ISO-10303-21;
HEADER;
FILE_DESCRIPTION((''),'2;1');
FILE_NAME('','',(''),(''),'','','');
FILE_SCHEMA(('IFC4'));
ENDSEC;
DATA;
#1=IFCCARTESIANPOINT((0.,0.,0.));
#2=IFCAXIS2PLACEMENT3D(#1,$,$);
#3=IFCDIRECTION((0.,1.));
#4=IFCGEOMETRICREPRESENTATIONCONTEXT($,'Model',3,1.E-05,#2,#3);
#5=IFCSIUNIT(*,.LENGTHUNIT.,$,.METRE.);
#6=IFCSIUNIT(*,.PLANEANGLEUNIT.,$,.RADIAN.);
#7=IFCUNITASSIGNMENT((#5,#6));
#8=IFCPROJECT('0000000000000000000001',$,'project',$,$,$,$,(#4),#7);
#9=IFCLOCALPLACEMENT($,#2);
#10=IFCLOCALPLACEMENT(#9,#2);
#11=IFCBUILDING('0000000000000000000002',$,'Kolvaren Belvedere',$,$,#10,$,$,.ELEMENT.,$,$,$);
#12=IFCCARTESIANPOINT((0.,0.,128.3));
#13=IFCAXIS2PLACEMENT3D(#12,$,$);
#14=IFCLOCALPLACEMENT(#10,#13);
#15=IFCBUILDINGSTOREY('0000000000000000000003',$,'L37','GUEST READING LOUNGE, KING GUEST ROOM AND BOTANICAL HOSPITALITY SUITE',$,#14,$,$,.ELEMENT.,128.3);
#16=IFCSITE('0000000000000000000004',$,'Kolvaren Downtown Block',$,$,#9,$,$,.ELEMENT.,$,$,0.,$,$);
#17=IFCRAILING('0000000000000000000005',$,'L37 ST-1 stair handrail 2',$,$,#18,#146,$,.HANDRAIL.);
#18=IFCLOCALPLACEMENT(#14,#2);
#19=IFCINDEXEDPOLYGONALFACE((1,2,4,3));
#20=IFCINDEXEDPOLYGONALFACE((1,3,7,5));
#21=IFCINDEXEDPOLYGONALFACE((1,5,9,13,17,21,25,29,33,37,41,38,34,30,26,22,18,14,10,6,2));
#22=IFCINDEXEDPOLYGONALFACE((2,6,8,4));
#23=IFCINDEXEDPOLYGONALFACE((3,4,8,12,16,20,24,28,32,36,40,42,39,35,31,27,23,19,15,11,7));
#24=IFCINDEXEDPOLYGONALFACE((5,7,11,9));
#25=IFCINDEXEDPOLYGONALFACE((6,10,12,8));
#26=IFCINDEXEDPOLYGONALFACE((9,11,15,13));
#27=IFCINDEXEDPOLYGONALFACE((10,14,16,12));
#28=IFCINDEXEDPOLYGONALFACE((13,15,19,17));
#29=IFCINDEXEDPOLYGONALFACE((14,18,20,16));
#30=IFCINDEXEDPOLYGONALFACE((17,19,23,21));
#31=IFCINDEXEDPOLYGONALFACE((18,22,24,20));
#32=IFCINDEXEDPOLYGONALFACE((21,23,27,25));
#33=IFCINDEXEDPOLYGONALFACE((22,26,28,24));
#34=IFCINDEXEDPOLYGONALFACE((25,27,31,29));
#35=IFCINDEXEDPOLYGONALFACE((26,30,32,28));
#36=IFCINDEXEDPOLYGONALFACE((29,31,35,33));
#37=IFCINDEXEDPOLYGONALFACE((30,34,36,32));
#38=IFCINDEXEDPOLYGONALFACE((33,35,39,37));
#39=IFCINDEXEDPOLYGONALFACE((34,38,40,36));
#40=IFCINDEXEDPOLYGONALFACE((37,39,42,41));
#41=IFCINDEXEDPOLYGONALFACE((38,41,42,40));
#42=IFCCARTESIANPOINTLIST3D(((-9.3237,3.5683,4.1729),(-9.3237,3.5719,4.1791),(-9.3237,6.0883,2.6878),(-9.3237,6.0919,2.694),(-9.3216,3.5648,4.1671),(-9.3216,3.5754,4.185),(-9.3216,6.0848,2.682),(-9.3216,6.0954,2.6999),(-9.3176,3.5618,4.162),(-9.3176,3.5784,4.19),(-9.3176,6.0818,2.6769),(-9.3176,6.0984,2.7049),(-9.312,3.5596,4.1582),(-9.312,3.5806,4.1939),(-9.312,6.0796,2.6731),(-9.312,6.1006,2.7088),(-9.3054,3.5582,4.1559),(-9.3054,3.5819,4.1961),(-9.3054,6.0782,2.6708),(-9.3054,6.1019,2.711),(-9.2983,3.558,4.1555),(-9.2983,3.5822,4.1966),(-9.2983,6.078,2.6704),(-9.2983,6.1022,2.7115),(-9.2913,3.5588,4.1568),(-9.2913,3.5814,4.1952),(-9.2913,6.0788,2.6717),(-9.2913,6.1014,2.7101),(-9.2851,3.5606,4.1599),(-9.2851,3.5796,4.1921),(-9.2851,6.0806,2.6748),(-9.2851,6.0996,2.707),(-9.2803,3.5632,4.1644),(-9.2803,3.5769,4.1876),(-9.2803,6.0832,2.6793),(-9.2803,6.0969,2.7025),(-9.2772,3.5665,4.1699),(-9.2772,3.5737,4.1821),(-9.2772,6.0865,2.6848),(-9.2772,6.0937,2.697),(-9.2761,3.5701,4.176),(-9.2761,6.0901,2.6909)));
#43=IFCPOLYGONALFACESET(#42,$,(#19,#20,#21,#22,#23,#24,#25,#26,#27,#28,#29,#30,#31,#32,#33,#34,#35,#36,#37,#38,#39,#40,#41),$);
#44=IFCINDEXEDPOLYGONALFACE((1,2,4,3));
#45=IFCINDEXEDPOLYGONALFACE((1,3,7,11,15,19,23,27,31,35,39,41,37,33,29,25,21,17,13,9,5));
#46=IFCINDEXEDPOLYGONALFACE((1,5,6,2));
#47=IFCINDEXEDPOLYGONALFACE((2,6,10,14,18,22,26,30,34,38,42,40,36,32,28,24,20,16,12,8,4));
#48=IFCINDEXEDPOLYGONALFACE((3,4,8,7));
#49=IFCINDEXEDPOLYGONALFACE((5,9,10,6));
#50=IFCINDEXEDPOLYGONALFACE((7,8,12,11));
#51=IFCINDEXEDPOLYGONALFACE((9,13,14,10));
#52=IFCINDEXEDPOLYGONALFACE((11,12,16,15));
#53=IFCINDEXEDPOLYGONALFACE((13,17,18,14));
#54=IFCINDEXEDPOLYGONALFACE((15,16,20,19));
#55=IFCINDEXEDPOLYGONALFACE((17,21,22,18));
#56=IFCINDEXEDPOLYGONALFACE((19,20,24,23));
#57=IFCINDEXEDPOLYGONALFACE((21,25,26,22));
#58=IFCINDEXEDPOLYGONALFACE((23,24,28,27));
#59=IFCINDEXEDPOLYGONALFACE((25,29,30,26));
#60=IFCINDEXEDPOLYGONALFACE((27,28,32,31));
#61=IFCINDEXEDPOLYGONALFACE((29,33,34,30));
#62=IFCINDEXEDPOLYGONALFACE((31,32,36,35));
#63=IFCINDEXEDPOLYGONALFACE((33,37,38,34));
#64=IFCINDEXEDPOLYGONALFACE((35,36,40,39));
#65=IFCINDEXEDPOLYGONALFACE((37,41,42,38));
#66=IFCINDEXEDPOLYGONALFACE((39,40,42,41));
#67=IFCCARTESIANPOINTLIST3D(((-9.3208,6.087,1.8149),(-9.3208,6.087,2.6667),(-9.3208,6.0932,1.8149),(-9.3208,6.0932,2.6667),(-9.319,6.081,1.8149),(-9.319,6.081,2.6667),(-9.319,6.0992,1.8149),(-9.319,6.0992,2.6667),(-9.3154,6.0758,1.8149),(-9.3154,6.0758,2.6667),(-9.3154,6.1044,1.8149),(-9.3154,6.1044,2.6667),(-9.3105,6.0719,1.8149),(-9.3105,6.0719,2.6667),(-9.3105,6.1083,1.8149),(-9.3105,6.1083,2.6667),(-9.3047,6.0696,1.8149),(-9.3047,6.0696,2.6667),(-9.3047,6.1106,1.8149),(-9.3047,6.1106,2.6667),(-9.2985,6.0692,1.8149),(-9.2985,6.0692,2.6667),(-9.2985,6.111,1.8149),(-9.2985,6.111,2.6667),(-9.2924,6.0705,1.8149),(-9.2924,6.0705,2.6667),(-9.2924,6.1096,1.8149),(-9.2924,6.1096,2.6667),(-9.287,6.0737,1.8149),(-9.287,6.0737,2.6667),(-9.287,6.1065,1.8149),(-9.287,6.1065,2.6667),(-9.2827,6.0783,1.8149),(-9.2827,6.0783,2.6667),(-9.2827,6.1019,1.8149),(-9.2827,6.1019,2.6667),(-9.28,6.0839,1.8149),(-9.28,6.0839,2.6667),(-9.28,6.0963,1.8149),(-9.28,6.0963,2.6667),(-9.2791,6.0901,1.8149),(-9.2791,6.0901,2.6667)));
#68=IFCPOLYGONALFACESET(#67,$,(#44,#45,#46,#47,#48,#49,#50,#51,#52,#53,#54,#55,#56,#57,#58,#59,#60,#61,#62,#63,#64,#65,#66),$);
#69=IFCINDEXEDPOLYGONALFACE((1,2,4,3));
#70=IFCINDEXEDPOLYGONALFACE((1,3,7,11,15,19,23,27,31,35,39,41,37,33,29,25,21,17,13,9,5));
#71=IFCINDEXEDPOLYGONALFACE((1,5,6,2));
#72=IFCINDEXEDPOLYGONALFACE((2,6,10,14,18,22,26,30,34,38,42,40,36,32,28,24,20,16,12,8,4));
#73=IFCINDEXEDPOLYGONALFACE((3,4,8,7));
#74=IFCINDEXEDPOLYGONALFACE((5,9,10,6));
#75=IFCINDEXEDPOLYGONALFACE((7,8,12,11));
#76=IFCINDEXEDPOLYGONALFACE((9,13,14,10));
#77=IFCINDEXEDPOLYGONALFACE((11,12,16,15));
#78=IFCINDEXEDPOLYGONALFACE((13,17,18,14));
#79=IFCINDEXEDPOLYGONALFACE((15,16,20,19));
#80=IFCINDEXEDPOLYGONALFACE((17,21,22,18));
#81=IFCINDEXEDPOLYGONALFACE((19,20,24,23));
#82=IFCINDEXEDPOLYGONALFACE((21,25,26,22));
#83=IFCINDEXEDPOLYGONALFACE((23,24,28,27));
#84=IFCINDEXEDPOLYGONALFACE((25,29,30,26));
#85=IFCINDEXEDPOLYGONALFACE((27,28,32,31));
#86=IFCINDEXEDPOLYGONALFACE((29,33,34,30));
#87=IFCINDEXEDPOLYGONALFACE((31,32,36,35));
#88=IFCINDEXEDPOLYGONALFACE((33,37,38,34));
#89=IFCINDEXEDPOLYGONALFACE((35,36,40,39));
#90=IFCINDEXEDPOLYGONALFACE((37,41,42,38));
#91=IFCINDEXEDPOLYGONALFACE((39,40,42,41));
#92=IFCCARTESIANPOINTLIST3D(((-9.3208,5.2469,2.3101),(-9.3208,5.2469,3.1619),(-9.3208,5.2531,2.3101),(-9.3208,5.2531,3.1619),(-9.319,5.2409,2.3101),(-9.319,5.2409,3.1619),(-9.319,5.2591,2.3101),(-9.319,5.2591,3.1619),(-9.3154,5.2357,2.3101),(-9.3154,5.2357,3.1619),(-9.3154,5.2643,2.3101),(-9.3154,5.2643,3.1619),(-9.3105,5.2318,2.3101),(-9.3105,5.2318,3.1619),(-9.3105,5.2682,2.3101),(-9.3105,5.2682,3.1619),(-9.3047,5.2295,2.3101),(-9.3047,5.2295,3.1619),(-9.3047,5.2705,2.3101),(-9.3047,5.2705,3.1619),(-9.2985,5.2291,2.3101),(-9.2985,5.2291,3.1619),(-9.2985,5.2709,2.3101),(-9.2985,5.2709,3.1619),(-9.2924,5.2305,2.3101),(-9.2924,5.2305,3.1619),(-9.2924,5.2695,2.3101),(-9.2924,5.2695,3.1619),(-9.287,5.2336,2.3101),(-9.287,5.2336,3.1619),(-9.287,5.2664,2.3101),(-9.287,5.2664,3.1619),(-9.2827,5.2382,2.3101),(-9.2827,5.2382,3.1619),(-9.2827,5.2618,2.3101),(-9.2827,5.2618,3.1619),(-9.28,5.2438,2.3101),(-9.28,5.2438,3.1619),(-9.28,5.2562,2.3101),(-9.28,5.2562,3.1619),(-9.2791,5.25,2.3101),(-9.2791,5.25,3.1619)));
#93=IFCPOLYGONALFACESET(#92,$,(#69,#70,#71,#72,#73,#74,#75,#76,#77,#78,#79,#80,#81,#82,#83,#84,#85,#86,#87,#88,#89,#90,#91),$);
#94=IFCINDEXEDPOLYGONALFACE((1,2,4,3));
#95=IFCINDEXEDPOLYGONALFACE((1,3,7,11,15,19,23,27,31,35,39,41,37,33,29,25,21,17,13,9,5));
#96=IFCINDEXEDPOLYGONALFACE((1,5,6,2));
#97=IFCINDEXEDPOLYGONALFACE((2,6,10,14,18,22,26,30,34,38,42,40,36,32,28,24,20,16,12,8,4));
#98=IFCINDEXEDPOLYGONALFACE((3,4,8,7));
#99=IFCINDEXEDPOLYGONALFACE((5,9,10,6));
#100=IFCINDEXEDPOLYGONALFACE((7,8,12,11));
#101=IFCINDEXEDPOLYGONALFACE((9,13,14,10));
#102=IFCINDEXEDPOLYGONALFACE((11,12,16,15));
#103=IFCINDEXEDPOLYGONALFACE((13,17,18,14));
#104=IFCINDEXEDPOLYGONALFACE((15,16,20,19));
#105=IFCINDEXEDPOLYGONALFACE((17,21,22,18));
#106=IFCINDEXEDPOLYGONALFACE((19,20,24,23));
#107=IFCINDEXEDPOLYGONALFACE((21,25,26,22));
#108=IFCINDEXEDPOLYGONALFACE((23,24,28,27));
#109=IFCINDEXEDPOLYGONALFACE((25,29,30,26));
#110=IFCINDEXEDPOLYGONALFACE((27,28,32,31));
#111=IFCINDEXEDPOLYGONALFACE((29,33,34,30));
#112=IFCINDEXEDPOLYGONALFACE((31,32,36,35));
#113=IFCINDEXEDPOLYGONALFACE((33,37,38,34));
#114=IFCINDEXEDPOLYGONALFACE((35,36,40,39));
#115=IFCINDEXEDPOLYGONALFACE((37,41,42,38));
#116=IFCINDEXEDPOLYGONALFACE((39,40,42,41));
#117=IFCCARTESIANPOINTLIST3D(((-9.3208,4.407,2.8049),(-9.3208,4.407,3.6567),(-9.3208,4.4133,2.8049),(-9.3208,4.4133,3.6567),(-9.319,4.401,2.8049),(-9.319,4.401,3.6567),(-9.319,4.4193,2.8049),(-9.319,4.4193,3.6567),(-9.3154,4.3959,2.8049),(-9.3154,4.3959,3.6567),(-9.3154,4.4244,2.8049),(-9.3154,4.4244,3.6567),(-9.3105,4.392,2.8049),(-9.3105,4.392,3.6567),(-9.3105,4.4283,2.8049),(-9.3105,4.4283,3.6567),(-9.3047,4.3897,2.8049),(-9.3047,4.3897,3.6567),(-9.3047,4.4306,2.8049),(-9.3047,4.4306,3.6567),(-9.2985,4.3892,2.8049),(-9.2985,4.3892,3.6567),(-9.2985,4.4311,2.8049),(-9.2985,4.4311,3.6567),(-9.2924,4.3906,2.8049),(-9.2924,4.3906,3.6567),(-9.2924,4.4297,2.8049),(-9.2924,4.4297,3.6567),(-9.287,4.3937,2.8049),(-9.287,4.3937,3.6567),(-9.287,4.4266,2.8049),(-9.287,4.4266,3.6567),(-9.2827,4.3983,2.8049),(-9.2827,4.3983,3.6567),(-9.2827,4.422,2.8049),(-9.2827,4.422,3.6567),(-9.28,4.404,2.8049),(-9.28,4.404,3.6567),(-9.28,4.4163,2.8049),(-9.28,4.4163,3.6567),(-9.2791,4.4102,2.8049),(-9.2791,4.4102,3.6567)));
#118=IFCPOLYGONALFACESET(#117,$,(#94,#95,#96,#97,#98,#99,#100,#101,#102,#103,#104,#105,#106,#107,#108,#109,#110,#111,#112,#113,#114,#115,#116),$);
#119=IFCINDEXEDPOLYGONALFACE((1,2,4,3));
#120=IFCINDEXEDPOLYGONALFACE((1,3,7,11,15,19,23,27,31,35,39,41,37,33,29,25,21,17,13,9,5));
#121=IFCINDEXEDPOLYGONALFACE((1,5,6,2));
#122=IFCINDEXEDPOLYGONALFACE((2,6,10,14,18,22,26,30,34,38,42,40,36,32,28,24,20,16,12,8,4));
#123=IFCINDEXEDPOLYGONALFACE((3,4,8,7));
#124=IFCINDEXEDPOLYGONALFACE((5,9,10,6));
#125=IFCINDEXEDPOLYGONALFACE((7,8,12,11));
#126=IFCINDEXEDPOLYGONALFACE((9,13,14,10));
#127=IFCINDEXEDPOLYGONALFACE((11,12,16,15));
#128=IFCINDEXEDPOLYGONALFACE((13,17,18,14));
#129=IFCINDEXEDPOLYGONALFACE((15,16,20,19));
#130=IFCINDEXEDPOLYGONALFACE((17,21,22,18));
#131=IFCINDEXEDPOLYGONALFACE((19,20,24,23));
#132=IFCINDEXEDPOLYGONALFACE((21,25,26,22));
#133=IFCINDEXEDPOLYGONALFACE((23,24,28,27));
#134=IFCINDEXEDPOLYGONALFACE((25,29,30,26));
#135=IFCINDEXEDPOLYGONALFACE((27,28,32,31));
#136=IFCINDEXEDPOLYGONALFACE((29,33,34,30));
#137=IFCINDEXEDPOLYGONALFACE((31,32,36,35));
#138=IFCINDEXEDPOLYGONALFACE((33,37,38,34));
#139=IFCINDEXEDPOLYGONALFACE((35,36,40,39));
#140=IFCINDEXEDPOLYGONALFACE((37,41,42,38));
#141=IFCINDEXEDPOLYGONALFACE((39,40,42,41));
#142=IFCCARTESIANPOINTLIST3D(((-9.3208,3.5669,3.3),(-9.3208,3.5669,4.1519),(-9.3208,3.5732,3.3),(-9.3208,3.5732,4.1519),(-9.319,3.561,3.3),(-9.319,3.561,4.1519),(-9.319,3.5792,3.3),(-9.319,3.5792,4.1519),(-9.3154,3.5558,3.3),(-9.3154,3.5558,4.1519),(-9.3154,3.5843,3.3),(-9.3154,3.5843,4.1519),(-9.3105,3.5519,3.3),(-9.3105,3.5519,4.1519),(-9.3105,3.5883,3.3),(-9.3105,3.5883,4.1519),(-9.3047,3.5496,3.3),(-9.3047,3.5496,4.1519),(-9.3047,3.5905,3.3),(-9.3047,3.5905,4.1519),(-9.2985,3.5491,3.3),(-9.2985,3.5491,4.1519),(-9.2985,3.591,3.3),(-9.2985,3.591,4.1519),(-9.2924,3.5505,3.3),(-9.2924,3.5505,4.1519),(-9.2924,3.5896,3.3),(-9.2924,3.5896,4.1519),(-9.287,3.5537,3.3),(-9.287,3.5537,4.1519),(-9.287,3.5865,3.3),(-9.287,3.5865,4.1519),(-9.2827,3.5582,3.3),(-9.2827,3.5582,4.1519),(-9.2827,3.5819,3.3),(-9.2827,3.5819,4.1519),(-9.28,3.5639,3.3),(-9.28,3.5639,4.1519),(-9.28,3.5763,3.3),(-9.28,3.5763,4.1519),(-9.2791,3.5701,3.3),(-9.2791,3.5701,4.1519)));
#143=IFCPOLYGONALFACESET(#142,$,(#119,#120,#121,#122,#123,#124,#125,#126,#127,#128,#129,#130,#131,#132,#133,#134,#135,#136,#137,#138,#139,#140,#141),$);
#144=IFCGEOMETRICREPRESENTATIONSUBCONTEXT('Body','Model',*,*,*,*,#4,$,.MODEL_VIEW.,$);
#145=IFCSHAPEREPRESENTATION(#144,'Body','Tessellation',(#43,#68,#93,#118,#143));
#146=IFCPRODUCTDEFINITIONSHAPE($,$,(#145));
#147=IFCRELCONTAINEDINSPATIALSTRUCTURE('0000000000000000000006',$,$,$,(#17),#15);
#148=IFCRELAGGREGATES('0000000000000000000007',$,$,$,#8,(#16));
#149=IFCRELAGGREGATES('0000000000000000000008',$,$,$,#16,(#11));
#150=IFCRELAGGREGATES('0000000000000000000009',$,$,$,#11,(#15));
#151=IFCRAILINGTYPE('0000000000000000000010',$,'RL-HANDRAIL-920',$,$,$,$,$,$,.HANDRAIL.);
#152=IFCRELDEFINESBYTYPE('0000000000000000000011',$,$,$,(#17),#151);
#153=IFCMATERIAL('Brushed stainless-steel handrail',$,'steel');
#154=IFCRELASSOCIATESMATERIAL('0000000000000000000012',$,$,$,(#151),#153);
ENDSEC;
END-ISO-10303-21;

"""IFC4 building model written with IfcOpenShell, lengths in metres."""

from ifc_helpers import new_model, si_unit, direction, frame, origin, origin_2d, place, context, subcontext, project, spatial, circle, extrude, material, type_object, element, save


model = new_model("IFC4")

# Units and contexts
model_context = context("Model", 3, precision=1e-05, world=origin(), true_north=direction((0.0, 1.0)))
body_context = subcontext(model_context, "Body", "Model", "MODEL_VIEW")
ifc_project = project(units=[si_unit("LENGTHUNIT", "METRE"), si_unit("PLANEANGLEUNIT", "RADIAN")], contexts=[model_context])

# Site, building, storey
site_placement = place(None, origin())
site = spatial("IfcSite", under=ifc_project, at=site_placement, Name="Kolvaren Downtown Block", CompositionType="ELEMENT", RefElevation=0.0)
building_placement = place(site_placement, origin())
building = spatial("IfcBuilding", under=site, at=building_placement, Name="Kolvaren Belvedere", CompositionType="ELEMENT")
storey_placement = place(building_placement, frame((0.0, 0.0, 128.3)))
storey = spatial("IfcBuildingStorey", under=building, at=storey_placement, Name="L37", Description="GUEST READING LOUNGE, KING GUEST ROOM AND BOTANICAL HOSPITALITY SUITE", CompositionType="ELEMENT", Elevation=128.3)

# Railing
ifc_material_1 = material(Name="Brushed stainless-steel handrail", Category="steel")
railing_type_1 = type_object("IfcRailingType", Name="RL-HANDRAIL-920", PredefinedType="HANDRAIL", material=ifc_material_1)
railing_1_placement = place(storey_placement, frame((-9.3, 6.0901, 1.8149)))
element("IfcRailing", 1, at=railing_1_placement, inside=storey, type_object=railing_type_1, Name="L37 ST-1 stair handrail 2", PredefinedType="HANDRAIL", context=body_context, shape_type="SweptSolid", body=[
    extrude(circle(Radius=0.0239, at=origin_2d()), frame((0.0, 0.0, 0.876), z_axis=(0.0, -0.861524, 0.507717), x_axis=(1.0, 0.0, 0.0)), (0.0, 0.0, 1.0), 2.925),
    extrude(circle(Radius=0.021, at=origin_2d()), origin(), (0.0, 0.0, 1.0), 0.8518),
    extrude(circle(Radius=0.021, at=origin_2d()), frame((0.0, -0.8401, 0.4951)), (0.0, 0.0, 1.0), 0.8518),
    extrude(circle(Radius=0.021, at=origin_2d()), frame((0.0, -1.6799, 0.99)), (0.0, 0.0, 1.0), 0.8518),
    extrude(circle(Radius=0.021, at=origin_2d()), frame((0.0, -2.52, 1.4851)), (0.0, 0.0, 1.0), 0.8518),
])

save(model, "model.ifc")
